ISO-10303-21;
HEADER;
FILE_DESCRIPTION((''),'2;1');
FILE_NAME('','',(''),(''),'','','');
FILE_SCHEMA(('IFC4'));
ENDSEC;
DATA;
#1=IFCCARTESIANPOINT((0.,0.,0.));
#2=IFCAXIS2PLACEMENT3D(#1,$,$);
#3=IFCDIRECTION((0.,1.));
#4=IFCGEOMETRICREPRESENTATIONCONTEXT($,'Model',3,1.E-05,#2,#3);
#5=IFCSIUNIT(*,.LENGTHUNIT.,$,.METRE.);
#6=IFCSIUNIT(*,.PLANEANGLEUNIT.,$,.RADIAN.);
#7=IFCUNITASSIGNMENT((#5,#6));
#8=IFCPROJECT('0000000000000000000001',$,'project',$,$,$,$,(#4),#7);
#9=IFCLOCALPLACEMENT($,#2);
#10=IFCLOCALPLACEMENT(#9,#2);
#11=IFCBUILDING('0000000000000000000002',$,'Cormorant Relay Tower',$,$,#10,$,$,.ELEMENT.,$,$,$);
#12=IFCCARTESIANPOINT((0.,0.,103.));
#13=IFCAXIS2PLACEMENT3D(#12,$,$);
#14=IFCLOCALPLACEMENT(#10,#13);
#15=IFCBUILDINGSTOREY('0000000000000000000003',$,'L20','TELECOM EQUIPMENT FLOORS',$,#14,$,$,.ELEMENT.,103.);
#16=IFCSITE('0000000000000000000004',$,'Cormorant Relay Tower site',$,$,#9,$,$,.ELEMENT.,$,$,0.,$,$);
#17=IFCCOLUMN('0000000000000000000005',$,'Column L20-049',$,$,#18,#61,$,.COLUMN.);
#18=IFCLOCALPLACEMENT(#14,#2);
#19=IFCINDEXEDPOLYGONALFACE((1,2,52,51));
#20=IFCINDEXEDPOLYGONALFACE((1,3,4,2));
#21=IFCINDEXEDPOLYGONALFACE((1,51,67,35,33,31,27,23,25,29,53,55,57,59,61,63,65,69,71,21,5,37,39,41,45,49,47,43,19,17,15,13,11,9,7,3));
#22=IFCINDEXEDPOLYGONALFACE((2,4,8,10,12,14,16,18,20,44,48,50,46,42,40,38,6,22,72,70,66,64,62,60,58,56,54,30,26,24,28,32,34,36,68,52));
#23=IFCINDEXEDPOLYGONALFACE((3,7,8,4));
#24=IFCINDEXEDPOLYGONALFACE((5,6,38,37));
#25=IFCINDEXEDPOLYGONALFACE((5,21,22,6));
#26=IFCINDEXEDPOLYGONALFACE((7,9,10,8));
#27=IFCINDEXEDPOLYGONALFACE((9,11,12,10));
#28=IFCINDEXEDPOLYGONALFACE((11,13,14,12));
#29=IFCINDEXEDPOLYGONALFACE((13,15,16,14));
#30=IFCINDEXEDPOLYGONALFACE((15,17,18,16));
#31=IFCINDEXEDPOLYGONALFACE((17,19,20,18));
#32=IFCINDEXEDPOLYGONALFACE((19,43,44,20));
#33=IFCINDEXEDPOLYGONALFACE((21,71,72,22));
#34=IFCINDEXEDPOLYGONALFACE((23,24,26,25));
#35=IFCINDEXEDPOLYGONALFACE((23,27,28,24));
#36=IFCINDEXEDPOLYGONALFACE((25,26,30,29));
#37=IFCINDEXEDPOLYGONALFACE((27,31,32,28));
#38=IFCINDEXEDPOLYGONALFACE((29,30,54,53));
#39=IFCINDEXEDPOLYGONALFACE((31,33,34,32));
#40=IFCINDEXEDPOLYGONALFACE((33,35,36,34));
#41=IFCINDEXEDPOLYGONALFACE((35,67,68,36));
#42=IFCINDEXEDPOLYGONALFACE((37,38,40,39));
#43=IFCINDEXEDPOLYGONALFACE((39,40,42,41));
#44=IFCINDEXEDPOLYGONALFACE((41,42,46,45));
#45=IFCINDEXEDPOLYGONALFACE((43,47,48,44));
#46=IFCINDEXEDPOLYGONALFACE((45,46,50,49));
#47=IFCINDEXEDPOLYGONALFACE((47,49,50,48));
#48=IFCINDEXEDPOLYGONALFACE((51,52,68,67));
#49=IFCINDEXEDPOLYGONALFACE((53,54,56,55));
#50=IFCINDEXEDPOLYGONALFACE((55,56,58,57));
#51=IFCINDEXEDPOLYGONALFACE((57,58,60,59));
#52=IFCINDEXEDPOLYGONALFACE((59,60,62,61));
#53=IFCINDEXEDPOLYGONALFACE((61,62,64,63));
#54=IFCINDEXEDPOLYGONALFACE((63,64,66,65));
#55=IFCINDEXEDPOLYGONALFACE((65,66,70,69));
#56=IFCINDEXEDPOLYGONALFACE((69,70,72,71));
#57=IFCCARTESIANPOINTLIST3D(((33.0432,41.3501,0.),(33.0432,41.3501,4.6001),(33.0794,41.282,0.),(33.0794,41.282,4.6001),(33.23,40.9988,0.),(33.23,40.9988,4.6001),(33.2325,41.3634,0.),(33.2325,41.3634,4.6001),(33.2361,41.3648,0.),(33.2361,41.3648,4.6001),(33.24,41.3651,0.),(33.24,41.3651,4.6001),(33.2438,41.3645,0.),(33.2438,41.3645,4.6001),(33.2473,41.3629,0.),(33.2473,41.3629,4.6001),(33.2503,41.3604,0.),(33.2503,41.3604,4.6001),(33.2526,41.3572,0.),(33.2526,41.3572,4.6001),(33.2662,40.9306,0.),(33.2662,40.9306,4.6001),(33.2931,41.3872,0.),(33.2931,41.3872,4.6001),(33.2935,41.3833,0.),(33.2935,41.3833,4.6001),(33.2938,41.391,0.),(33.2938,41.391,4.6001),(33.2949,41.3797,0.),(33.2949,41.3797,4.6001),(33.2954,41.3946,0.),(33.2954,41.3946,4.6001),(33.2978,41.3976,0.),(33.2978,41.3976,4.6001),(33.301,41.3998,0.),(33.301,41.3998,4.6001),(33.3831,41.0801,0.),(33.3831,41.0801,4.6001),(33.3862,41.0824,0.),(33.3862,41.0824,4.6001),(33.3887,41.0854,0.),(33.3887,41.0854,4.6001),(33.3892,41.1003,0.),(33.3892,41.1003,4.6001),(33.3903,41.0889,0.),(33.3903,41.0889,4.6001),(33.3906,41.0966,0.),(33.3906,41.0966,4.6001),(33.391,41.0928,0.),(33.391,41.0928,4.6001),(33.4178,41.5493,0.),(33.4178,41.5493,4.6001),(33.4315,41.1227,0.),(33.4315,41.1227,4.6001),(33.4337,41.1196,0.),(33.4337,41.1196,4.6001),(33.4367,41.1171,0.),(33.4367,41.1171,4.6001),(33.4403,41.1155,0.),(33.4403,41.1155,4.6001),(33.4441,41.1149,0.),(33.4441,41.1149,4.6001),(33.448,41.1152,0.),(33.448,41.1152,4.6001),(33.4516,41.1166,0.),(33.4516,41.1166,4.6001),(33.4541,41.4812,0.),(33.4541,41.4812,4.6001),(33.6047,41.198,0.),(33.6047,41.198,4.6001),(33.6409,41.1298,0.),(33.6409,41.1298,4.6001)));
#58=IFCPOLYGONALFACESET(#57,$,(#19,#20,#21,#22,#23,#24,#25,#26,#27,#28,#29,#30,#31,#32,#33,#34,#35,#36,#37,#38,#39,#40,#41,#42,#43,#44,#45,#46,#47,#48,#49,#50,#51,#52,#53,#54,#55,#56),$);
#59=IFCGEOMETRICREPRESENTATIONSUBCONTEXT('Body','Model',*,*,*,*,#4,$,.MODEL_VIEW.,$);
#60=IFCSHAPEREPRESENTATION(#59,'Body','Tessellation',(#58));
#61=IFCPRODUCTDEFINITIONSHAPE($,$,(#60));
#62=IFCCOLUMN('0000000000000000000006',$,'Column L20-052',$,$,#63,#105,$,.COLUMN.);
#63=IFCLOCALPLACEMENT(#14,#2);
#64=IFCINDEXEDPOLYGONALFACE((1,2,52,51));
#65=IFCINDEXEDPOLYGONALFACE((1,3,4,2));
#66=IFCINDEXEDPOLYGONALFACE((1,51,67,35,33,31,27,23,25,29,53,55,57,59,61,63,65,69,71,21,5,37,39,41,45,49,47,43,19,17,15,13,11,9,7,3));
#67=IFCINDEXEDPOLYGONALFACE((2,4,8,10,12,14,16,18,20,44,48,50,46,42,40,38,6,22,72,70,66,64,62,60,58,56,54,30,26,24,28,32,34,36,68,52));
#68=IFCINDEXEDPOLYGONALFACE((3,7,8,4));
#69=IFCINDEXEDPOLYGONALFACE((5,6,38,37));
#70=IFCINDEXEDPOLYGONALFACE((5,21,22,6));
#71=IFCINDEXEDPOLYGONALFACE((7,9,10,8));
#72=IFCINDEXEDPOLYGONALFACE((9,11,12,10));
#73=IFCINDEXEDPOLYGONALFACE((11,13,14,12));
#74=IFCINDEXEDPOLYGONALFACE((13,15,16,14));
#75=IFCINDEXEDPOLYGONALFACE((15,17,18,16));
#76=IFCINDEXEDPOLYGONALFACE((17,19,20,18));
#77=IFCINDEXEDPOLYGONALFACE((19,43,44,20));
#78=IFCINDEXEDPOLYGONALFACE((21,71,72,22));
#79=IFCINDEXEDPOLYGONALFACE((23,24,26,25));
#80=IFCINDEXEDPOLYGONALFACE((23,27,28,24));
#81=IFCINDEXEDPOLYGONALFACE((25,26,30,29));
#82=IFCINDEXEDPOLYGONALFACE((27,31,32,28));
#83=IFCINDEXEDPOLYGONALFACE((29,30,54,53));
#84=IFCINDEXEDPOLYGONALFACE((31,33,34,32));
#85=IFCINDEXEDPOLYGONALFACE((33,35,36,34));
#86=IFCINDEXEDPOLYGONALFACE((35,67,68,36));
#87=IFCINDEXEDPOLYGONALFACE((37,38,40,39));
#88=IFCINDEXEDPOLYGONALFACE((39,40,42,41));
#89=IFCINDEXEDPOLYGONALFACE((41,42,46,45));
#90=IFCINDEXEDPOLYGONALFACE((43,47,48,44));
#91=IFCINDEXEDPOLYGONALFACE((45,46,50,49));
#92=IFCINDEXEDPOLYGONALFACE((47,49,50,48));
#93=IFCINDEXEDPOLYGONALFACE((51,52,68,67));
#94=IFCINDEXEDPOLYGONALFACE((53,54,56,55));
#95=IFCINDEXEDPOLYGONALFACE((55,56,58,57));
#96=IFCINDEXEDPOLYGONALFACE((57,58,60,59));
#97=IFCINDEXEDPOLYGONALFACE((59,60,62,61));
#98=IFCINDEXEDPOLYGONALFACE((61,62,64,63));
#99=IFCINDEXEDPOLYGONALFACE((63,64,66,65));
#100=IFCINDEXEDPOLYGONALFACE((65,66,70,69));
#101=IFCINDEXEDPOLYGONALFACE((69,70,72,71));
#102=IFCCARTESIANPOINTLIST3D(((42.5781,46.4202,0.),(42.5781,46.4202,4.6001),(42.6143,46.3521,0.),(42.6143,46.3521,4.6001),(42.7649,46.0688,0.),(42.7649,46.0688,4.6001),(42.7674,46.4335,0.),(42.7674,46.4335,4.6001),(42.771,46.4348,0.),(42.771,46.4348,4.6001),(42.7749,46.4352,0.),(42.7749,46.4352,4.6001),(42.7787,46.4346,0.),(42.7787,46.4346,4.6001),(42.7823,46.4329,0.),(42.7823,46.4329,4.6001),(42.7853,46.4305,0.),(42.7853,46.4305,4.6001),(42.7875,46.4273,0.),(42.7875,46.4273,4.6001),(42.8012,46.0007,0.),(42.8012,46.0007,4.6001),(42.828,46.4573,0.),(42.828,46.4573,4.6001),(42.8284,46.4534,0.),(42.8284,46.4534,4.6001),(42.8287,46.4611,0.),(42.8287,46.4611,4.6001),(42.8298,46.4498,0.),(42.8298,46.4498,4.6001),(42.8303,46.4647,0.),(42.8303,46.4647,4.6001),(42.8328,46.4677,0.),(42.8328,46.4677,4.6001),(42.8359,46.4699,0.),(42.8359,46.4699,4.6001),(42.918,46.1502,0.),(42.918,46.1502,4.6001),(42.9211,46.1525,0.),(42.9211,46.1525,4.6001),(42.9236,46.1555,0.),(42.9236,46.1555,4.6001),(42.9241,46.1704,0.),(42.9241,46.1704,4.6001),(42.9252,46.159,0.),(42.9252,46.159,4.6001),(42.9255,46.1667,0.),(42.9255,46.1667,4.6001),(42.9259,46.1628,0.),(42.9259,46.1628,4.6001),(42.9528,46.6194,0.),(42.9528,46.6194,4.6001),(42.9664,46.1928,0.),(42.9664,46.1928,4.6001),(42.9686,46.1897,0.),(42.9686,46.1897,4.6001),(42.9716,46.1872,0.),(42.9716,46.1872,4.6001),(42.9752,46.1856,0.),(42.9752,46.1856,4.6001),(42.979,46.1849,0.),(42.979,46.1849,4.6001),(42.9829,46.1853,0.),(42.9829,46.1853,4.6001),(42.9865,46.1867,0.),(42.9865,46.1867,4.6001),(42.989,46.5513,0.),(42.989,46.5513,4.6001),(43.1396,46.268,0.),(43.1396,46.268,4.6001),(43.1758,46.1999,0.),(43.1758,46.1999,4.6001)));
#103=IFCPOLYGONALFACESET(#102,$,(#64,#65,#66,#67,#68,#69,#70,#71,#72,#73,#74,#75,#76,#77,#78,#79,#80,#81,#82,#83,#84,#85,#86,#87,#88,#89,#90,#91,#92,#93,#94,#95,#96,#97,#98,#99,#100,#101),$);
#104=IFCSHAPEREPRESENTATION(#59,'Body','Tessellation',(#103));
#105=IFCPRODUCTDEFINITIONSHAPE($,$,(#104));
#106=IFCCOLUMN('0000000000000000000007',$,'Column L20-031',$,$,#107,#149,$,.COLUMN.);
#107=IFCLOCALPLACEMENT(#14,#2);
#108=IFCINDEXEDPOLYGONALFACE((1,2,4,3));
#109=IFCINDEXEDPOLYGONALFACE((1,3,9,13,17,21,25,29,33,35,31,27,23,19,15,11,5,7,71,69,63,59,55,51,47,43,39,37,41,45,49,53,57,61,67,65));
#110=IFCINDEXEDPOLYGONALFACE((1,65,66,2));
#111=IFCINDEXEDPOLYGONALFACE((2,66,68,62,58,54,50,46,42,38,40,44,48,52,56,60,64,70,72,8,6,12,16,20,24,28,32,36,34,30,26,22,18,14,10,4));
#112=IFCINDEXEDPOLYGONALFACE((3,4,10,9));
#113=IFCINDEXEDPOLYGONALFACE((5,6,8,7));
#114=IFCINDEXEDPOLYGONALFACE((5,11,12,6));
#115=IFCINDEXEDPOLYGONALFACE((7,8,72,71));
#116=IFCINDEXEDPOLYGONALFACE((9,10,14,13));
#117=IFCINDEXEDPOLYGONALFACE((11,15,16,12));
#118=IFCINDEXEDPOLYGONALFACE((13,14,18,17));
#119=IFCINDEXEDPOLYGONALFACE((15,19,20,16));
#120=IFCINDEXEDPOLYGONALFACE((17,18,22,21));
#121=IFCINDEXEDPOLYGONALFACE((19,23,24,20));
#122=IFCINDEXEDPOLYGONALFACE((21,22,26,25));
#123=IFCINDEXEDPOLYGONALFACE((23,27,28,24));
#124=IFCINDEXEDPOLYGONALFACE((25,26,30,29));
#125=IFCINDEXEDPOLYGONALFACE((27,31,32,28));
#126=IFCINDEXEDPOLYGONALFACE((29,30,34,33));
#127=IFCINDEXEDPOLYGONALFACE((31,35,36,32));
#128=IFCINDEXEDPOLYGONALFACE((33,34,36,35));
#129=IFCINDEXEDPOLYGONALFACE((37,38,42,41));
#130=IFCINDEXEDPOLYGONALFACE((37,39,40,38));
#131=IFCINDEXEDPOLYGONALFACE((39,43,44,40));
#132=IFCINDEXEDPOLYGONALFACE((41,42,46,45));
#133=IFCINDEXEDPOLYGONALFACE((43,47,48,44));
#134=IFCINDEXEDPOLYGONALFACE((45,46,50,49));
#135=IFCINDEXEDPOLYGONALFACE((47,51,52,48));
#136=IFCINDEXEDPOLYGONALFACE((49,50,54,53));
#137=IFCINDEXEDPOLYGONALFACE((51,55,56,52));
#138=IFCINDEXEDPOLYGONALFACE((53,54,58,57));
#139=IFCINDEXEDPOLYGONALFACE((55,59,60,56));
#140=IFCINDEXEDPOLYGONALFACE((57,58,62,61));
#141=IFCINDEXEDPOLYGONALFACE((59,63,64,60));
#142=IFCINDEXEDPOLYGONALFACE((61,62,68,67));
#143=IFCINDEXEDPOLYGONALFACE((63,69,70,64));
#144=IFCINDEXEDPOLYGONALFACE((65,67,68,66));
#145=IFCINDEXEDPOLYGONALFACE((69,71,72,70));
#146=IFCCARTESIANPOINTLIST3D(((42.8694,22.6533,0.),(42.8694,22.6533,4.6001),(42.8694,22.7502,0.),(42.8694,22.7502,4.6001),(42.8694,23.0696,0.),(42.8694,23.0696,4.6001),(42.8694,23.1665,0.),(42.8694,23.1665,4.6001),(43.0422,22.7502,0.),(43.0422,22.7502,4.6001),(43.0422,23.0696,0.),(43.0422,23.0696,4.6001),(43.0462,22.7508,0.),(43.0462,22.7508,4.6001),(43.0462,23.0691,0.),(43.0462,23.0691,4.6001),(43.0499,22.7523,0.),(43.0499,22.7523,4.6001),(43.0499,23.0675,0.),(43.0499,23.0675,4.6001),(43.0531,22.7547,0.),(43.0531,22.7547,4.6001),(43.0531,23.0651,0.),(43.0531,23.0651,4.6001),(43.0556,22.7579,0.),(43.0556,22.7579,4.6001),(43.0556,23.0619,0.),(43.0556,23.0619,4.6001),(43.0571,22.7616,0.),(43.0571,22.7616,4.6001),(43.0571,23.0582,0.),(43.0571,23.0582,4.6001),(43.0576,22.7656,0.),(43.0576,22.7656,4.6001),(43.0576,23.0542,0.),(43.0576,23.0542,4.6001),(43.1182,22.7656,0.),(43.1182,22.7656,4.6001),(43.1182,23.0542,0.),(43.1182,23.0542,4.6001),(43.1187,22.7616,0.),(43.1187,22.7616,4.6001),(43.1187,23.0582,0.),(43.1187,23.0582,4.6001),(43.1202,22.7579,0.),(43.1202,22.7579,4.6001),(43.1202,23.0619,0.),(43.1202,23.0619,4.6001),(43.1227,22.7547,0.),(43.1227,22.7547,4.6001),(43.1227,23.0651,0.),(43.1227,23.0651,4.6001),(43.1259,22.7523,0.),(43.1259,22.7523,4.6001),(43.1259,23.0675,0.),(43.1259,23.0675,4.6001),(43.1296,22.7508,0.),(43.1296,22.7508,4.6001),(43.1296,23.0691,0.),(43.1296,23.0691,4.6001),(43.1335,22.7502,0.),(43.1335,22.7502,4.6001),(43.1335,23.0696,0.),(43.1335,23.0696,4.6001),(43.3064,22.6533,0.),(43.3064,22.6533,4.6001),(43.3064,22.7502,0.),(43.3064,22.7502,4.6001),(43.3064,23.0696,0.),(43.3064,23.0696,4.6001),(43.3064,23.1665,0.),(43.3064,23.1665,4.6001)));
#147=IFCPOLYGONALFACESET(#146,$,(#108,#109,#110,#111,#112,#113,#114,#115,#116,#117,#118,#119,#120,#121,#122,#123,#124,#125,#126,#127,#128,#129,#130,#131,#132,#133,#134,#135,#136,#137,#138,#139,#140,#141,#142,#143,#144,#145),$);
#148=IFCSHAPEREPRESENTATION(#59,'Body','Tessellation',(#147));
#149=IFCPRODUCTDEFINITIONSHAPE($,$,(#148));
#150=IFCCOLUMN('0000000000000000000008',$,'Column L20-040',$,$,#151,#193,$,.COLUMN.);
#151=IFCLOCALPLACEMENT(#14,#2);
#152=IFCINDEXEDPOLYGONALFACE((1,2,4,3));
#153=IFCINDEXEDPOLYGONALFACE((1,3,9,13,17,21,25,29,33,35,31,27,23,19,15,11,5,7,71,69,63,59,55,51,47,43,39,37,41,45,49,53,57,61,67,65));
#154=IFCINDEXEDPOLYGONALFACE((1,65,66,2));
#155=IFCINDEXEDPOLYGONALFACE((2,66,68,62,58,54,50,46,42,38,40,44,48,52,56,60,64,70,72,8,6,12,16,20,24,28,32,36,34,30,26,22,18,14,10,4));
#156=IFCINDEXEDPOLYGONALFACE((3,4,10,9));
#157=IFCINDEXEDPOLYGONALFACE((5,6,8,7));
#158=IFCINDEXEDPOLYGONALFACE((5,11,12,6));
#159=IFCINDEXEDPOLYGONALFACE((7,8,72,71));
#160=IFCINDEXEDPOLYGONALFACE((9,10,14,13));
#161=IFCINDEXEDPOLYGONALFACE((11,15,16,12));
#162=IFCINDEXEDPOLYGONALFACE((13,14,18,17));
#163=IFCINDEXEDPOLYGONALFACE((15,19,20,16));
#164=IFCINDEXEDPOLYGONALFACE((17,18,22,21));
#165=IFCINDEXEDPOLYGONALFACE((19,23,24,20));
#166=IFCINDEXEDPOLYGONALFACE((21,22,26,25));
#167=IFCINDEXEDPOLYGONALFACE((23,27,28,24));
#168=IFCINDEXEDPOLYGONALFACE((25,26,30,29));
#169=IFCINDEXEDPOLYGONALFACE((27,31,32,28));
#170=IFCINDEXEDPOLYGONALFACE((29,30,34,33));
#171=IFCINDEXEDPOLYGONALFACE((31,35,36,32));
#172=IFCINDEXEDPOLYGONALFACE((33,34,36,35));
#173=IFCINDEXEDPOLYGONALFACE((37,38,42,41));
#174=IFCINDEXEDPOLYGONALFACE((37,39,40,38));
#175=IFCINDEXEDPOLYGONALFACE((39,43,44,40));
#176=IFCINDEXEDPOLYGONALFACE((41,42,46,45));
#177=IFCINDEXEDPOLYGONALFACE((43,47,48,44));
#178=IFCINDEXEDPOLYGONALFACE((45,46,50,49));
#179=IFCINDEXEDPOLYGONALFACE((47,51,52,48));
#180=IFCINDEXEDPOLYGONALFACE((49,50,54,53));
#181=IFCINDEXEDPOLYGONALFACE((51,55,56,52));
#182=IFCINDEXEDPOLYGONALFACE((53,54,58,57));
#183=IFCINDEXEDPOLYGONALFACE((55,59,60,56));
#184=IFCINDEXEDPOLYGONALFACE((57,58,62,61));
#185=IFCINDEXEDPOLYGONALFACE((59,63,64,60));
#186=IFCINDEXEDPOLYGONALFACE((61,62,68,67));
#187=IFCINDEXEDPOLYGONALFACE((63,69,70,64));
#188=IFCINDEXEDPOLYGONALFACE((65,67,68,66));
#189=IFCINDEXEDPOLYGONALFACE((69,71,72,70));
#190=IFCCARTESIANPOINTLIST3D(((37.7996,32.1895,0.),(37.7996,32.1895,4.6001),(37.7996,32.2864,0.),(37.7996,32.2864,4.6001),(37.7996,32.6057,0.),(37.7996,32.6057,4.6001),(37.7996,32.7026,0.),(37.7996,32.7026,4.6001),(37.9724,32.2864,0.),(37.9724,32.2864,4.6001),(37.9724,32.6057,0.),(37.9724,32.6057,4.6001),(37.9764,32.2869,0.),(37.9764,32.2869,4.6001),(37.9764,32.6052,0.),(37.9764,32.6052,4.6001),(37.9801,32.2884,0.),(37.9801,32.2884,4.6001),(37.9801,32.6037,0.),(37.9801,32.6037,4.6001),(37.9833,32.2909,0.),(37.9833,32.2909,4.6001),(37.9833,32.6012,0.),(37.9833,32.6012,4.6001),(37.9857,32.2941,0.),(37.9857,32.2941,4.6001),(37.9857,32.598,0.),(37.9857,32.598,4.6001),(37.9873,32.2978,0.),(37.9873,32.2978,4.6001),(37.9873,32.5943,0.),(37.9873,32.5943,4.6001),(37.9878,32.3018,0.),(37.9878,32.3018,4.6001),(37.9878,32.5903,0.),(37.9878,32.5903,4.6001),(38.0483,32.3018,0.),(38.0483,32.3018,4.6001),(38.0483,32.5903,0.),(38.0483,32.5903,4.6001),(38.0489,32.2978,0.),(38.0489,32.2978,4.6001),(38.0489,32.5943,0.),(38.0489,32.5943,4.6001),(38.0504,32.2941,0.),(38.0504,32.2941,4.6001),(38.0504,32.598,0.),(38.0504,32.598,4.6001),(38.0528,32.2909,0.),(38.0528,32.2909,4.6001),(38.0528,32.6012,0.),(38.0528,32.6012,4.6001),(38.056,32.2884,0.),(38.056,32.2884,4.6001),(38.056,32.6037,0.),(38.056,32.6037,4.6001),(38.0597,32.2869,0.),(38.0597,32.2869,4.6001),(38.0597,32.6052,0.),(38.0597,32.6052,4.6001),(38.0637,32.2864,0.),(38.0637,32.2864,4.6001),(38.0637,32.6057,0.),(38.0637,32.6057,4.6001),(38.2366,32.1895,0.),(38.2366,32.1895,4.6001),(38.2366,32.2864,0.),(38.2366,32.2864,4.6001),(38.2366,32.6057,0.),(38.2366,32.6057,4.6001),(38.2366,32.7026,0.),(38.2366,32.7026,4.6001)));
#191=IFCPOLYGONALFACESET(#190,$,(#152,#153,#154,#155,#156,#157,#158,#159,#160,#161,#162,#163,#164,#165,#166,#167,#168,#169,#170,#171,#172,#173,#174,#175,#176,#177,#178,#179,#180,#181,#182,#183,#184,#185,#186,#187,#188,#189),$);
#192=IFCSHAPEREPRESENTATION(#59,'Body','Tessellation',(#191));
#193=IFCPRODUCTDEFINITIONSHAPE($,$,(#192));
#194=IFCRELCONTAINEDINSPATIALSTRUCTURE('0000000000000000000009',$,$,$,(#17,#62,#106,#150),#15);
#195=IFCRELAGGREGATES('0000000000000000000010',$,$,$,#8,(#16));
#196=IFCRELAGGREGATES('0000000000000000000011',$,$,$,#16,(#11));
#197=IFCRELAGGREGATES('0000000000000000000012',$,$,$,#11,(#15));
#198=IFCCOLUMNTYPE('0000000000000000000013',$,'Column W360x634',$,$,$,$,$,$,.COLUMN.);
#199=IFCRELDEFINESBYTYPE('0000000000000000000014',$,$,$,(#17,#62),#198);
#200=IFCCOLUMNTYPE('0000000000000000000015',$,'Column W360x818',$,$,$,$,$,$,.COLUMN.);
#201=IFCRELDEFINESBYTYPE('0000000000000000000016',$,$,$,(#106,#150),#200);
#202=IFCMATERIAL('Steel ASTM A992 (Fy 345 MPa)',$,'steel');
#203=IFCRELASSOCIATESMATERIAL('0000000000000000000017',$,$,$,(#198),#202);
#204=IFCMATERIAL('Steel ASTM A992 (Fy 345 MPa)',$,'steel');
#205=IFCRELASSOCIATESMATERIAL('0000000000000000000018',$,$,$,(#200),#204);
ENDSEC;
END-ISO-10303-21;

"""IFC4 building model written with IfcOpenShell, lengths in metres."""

from ifc_helpers import new_model, si_unit, direction, frame, origin, origin_2d, place, context, subcontext, project, spatial, i_section, extrude, material, material_profile, profile_set, type_object, element, save


model = new_model("IFC4")

# Units and contexts
model_context = context("Model", 3, precision=1e-05, world=origin(), true_north=direction((0.0, 1.0)))
body_context = subcontext(model_context, "Body", "Model", "MODEL_VIEW")
ifc_project = project(units=[si_unit("LENGTHUNIT", "METRE"), si_unit("PLANEANGLEUNIT", "RADIAN")], contexts=[model_context])

# Site, building, storey
site_placement = place(None, origin())
site = spatial("IfcSite", under=ifc_project, at=site_placement, Name="Cormorant Relay Tower site", CompositionType="ELEMENT", RefElevation=0.0)
building_placement = place(site_placement, origin())
building = spatial("IfcBuilding", under=site, at=building_placement, Name="Cormorant Relay Tower", CompositionType="ELEMENT")
storey_placement = place(building_placement, frame((0.0, 0.0, 103.0)))
storey = spatial("IfcBuildingStorey", under=building, at=storey_placement, Name="L20", Description="TELECOM EQUIPMENT FLOORS", CompositionType="ELEMENT", Elevation=103.0)

# Columns
ifc_material_1 = material(Name="Steel ASTM A992 (Fy 345 MPa)", Category="steel")
ifc_material_profile_1 = material_profile(ifc_material_1, i_section(OverallWidth=0.4243, OverallDepth=0.4751, WebThickness=0.0479, FlangeThickness=0.0771, FilletRadius=0.0149, at=origin_2d()), Name="W360x634")
ifc_profile_set_1 = profile_set([ifc_material_profile_1], Name="Steel ASTM A992 (Fy 345 MPa)")
column_type_1 = type_object("IfcColumnType", Name="Column W360x634", PredefinedType="COLUMN", material=ifc_profile_set_1)
for number, where, z_axis, x_axis, name in (
    (1, (33.342, 41.24, 0.0), (0.0, 0.0, 1.0), (-0.882948, -0.469472, 0.0), "Column L20-049"),
    (2, (42.877, 46.3101, 0.0), (0.0, 0.0, 1.0), (-0.882948, -0.469472, 0.0), "Column L20-052"),
):
    element("IfcColumn", number, at=place(storey_placement, frame(where, z_axis=z_axis, x_axis=x_axis)), inside=storey, type_object=column_type_1, Name=name, PredefinedType="COLUMN", context=body_context, shape_type="SweptSolid", body=[
        extrude(i_section(OverallWidth=0.4243, OverallDepth=0.4751, WebThickness=0.0479, FlangeThickness=0.0771, FilletRadius=0.0149, at=origin_2d()), origin(), (0.0, 0.0, 1.0), 4.6001),
    ])
ifc_material_2 = material(Name="Steel ASTM A992 (Fy 345 MPa)", Category="steel")
ifc_material_profile_2 = material_profile(ifc_material_2, i_section(OverallWidth=0.437, OverallDepth=0.5132, WebThickness=0.0605, FlangeThickness=0.0969, FilletRadius=0.0154, at=origin_2d()), Name="W360x818")
ifc_profile_set_2 = profile_set([ifc_material_profile_2], Name="Steel ASTM A992 (Fy 345 MPa)")
column_type_2 = type_object("IfcColumnType", Name="Column W360x818", PredefinedType="COLUMN", material=ifc_profile_set_2)
for number, where, z_axis, x_axis, name in (
    (3, (43.0879, 22.9099, 0.0), (0.0, 0.0, 1.0), (1.0, 0.0, 0.0), "Column L20-031"),
    (4, (38.0181, 32.446, 0.0), (0.0, 0.0, 1.0), (1.0, 0.0, 0.0), "Column L20-040"),
):
    element("IfcColumn", number, at=place(storey_placement, frame(where, z_axis=z_axis, x_axis=x_axis)), inside=storey, type_object=column_type_2, Name=name, PredefinedType="COLUMN", context=body_context, shape_type="SweptSolid", body=[
        extrude(i_section(OverallWidth=0.437, OverallDepth=0.5132, WebThickness=0.0605, FlangeThickness=0.0969, FilletRadius=0.0154, at=origin_2d()), origin(), (0.0, 0.0, 1.0), 4.6001),
    ])

save(model, "model.ifc")
